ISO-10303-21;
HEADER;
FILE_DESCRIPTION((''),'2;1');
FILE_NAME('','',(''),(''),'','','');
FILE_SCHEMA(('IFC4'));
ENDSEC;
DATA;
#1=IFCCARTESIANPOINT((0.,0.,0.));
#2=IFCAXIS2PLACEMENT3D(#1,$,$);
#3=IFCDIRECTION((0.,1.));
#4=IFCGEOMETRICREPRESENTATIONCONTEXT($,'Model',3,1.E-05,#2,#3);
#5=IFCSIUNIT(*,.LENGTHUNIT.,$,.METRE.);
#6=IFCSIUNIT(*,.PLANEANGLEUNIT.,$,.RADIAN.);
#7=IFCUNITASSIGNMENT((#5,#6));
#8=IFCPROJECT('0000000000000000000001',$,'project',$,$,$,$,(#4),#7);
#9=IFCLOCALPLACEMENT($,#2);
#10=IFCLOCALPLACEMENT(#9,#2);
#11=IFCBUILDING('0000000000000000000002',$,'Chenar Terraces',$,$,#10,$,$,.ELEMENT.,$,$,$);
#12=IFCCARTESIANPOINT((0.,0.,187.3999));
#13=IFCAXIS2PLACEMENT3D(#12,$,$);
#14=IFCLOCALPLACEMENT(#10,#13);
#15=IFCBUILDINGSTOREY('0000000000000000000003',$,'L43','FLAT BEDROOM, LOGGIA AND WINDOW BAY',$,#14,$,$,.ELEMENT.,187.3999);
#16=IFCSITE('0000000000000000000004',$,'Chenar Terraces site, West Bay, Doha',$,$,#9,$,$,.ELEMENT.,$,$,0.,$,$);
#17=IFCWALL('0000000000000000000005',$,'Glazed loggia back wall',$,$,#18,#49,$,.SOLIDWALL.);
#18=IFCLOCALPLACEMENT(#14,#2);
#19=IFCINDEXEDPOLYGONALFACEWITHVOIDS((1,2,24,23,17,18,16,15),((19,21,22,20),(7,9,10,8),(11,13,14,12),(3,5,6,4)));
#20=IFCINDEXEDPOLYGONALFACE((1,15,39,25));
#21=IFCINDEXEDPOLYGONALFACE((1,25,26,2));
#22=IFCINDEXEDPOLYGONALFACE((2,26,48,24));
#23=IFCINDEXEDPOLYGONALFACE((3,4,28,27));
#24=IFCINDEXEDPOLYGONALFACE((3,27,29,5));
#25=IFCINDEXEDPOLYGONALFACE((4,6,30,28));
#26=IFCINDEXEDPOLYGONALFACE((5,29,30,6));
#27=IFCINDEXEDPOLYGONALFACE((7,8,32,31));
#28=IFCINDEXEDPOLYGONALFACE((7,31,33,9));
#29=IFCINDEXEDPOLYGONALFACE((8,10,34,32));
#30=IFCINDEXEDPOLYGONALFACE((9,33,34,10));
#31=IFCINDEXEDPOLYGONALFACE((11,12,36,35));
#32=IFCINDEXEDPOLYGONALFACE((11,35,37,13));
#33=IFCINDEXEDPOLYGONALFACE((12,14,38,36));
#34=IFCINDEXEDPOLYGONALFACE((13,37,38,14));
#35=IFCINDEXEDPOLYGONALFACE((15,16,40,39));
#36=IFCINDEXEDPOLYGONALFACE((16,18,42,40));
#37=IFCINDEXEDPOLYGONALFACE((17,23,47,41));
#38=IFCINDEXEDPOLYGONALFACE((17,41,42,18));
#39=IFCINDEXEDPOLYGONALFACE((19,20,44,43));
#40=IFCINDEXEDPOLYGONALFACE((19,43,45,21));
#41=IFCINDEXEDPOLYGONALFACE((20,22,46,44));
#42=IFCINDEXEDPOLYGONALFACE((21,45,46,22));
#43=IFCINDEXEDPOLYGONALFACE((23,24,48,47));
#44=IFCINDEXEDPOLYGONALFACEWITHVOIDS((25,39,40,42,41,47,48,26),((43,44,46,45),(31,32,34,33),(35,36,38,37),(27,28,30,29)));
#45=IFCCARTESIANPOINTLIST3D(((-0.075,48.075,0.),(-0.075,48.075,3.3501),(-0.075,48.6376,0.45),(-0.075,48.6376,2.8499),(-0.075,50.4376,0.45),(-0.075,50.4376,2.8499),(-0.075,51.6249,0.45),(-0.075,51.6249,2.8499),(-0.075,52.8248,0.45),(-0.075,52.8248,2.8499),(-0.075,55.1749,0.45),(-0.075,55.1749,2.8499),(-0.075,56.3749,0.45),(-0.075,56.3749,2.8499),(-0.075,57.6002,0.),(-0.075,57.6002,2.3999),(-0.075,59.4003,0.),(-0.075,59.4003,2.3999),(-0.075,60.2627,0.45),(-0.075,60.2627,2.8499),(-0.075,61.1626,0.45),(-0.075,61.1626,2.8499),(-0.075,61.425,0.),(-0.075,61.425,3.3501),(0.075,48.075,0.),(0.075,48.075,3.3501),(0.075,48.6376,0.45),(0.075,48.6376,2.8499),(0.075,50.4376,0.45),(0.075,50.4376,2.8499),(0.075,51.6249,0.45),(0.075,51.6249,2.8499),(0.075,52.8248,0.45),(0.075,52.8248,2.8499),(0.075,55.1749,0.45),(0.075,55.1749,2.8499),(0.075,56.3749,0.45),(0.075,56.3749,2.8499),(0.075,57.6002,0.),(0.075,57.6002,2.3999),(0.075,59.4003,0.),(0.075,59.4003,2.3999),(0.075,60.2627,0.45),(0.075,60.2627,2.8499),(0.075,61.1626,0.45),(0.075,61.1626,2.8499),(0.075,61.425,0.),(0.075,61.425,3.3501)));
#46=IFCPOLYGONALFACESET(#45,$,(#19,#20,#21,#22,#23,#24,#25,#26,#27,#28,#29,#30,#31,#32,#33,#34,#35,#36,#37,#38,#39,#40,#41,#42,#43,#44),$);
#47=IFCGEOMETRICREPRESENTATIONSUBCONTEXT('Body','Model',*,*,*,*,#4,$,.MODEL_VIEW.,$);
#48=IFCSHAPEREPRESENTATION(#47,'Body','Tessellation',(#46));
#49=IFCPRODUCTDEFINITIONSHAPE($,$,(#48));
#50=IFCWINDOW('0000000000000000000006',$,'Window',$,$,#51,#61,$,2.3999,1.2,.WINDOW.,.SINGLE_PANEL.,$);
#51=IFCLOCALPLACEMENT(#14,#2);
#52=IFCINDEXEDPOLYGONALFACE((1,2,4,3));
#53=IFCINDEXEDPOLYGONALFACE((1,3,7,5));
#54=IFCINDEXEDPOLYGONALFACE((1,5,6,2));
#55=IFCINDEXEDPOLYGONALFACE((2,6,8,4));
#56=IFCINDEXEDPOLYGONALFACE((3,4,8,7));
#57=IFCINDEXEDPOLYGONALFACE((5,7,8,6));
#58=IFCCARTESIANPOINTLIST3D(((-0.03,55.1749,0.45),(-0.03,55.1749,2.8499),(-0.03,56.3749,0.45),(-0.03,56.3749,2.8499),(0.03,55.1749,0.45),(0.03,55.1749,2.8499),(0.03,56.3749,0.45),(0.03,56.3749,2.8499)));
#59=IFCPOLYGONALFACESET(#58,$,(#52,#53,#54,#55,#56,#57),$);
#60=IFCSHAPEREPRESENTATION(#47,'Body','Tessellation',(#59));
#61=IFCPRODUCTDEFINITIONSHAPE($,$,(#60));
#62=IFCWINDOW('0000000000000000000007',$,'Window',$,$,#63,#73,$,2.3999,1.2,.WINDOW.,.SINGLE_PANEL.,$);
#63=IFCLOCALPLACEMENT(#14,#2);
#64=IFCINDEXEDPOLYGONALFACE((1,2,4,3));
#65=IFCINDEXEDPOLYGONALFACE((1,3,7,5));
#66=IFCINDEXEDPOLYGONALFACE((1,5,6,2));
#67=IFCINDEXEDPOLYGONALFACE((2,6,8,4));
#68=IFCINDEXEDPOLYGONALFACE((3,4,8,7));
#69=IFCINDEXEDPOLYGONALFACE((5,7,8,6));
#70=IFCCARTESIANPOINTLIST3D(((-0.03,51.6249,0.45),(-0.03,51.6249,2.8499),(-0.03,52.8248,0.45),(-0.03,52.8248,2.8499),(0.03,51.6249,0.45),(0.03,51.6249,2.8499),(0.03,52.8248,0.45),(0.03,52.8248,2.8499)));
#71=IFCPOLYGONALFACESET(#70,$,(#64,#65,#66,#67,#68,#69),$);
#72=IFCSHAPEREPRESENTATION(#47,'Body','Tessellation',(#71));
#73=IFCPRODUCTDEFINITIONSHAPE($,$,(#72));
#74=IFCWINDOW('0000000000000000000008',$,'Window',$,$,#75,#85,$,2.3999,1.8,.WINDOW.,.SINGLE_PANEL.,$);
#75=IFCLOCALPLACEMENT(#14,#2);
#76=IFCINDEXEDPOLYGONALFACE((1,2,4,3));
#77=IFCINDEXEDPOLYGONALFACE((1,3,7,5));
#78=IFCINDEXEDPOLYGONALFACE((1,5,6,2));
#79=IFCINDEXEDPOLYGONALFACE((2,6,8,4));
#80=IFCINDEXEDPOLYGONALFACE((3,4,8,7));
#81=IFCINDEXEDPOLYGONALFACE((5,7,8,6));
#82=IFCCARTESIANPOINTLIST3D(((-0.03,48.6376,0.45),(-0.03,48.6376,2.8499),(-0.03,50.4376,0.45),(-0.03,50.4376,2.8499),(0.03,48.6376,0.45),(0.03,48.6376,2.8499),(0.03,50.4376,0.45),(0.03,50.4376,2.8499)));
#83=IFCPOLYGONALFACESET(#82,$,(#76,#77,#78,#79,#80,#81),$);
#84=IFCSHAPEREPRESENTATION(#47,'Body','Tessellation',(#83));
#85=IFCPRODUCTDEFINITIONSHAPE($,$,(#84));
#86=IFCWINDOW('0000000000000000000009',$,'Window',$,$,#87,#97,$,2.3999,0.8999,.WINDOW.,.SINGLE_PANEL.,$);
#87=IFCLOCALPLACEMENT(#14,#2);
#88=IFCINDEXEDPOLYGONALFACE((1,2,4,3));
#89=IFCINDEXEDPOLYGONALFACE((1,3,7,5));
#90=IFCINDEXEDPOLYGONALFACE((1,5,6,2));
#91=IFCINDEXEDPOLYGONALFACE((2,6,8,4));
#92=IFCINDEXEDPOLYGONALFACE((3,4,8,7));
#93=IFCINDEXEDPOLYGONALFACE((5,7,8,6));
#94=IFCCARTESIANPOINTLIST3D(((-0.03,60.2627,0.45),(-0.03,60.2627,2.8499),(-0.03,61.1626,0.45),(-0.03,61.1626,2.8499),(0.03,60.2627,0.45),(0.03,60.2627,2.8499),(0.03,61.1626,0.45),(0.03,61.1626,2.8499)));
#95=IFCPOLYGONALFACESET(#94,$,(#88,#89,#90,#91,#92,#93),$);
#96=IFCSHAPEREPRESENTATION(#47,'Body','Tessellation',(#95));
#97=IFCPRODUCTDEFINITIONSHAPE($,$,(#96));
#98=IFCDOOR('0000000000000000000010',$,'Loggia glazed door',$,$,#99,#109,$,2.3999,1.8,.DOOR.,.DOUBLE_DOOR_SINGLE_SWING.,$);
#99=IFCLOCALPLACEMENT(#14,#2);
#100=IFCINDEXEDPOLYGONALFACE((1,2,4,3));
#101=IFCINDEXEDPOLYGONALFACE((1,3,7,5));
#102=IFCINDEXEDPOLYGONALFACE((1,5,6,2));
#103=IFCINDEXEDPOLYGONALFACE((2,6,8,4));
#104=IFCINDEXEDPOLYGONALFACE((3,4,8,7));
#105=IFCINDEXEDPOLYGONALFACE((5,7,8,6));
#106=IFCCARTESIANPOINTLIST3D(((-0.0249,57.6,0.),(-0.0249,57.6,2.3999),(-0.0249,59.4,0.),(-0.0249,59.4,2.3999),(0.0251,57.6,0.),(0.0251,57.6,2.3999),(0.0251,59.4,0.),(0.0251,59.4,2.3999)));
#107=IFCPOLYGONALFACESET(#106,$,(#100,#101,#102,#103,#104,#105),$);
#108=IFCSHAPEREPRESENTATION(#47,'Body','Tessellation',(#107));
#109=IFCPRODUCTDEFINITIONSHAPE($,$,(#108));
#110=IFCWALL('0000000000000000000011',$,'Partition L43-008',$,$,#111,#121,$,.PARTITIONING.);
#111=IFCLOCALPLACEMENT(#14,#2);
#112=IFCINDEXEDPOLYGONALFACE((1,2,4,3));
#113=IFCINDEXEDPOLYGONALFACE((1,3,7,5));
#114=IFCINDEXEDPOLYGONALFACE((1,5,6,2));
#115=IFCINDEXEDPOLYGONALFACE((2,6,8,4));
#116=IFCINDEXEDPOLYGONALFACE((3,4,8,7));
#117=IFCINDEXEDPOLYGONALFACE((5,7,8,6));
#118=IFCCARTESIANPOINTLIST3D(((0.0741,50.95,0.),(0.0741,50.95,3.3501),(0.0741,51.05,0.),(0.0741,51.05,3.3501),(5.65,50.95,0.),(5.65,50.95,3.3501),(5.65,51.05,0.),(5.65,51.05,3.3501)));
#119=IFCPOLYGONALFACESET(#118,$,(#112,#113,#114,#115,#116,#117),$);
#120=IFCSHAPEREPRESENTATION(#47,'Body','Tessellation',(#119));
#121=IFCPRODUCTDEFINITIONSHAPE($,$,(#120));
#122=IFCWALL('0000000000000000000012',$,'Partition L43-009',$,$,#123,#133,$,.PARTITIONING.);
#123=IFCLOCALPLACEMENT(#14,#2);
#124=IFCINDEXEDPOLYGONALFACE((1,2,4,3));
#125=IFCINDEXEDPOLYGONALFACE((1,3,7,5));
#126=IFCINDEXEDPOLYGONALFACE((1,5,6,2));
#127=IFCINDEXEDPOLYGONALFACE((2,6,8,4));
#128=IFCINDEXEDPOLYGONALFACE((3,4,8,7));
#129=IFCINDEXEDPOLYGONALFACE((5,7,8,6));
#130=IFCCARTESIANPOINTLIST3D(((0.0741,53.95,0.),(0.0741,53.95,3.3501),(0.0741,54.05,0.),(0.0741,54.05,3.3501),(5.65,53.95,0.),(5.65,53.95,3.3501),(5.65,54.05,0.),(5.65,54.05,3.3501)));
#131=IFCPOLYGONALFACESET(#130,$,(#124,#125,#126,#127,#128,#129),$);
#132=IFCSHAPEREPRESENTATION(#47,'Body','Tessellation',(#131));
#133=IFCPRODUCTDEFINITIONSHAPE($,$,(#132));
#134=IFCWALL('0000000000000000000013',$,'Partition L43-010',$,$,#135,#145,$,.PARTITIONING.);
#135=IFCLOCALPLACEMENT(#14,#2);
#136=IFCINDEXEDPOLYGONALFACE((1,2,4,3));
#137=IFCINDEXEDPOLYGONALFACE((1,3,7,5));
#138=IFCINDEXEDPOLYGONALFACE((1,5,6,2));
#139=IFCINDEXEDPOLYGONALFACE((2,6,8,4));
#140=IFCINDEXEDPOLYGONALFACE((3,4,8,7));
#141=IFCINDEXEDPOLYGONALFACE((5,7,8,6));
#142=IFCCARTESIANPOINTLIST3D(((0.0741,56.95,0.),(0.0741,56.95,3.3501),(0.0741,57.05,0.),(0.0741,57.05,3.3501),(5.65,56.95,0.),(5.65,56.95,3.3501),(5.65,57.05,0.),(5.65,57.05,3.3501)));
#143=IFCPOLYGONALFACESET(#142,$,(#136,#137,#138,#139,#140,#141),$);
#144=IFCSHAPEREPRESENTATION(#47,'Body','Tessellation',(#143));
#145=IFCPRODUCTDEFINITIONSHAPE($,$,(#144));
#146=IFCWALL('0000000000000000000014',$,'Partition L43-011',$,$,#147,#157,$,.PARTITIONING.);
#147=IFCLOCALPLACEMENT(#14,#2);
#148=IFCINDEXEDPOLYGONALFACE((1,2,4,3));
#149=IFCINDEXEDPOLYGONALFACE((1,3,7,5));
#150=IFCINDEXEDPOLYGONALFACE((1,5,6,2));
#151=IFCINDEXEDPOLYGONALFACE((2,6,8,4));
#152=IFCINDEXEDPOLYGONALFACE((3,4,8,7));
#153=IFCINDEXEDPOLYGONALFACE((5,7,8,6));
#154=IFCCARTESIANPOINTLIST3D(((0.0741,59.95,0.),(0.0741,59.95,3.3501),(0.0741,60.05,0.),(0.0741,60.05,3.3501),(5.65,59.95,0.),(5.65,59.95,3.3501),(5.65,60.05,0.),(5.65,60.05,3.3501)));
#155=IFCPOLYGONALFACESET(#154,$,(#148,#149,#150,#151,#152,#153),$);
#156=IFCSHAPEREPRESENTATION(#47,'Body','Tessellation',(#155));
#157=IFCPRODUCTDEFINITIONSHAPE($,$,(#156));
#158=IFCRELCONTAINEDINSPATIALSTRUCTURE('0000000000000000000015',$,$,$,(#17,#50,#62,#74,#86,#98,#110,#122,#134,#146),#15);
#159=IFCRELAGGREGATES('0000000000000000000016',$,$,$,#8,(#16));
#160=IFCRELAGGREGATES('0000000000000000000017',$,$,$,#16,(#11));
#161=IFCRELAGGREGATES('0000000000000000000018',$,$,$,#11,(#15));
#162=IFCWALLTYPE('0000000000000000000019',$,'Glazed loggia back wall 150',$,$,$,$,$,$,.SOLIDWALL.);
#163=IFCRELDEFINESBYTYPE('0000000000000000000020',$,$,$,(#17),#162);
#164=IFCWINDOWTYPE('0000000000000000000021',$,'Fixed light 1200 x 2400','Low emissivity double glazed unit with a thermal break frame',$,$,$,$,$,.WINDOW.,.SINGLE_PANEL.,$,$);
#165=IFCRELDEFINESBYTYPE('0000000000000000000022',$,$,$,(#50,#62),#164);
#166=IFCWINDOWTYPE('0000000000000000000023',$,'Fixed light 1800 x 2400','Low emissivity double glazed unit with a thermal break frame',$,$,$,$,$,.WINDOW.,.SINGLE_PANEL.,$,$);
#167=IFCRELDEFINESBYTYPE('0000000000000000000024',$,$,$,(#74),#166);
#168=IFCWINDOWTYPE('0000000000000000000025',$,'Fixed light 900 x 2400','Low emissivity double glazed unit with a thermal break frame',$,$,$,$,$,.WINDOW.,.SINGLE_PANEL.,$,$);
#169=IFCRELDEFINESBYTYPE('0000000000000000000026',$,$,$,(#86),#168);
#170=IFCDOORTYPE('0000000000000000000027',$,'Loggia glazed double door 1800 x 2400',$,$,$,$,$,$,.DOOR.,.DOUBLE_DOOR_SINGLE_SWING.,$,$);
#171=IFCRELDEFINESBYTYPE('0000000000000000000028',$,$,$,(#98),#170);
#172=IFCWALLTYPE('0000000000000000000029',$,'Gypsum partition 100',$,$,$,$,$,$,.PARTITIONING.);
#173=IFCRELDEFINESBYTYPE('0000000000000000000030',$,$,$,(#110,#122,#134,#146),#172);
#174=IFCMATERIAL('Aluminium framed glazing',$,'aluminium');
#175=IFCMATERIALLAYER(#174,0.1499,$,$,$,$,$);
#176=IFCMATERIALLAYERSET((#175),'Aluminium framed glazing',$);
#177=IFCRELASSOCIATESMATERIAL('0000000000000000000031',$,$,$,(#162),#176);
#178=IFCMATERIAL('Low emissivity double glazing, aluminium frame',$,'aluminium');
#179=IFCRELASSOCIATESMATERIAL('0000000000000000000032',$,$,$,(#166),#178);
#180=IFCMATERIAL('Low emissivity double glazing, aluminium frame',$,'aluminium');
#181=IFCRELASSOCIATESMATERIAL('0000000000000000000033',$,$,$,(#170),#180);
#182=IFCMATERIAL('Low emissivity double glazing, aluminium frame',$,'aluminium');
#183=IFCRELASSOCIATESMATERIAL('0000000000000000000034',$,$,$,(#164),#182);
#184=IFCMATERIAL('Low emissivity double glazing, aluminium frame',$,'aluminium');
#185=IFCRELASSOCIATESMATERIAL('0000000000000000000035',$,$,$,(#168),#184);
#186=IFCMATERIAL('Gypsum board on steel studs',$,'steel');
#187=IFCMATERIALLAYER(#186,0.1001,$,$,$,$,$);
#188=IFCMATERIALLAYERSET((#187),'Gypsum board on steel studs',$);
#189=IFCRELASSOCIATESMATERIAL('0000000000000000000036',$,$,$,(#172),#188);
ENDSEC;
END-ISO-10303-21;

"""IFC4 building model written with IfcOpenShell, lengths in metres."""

from ifc_helpers import new_model, si_unit, direction, frame, frame_2d, origin, place, context, subcontext, project, spatial, rectangle, extrude, material, layer, layer_set, type_object, element, fill, save


model = new_model("IFC4")

# Units and contexts
model_context = context("Model", 3, precision=1e-05, world=origin(), true_north=direction((0.0, 1.0)))
body_context = subcontext(model_context, "Body", "Model", "MODEL_VIEW")
ifc_project = project(units=[si_unit("LENGTHUNIT", "METRE"), si_unit("PLANEANGLEUNIT", "RADIAN")], contexts=[model_context])

# Site, building, storey
site_placement = place(None, origin())
site = spatial("IfcSite", under=ifc_project, at=site_placement, Name="Chenar Terraces site, West Bay, Doha", CompositionType="ELEMENT", RefElevation=0.0)
building_placement = place(site_placement, origin())
building = spatial("IfcBuilding", under=site, at=building_placement, Name="Chenar Terraces", CompositionType="ELEMENT")
storey_placement = place(building_placement, frame((0.0, 0.0, 187.3999)))
storey = spatial("IfcBuildingStorey", under=building, at=storey_placement, Name="L43", Description="FLAT BEDROOM, LOGGIA AND WINDOW BAY", CompositionType="ELEMENT", Elevation=187.3999)

# Shared definitions
ifc_material_1 = material(Name="Aluminium framed glazing", Category="aluminium")
ifc_layer_1 = layer(ifc_material_1, 0.1499)
ifc_layer_set_1 = layer_set([ifc_layer_1], Name="Aluminium framed glazing")
wall_type_1 = type_object("IfcWallType", Name="Glazed loggia back wall 150", PredefinedType="SOLIDWALL", material=ifc_layer_set_1)
ifc_material_2 = material(Name="Low emissivity double glazing, aluminium frame", Category="aluminium")
window_type_1 = type_object("IfcWindowType", Name="Fixed light 1800 x 2400", Description="Low emissivity double glazed unit with a thermal break frame", PartitioningType="SINGLE_PANEL", PredefinedType="WINDOW", material=ifc_material_2)
ifc_material_3 = material(Name="Low emissivity double glazing, aluminium frame", Category="aluminium")
door_type_1 = type_object("IfcDoorType", Name="Loggia glazed double door 1800 x 2400", OperationType="DOUBLE_DOOR_SINGLE_SWING", PredefinedType="DOOR", material=ifc_material_3)

# Wall, openings, windows, door
wall_1_placement = place(storey_placement, frame((0.0, 61.425, 0.0), z_axis=(0.0, 0.0, 1.0), x_axis=(0.0, -1.0, 0.0)))
wall_1 = element("IfcWall", 1, at=wall_1_placement, inside=storey, type_object=wall_type_1, Name="Glazed loggia back wall", PredefinedType="SOLIDWALL", context=body_context, shape_type="SweptSolid", body=[
    extrude(rectangle(XDim=13.3501, YDim=0.1499, at=frame_2d((6.675, 0.0))), origin(), (0.0, 0.0, 1.0), 3.3501),
])
opening_1_placement = place(wall_1_placement, frame((0.2625, 0.0, 0.45)))
opening_1 = element("IfcOpeningElement", 2, at=opening_1_placement, cuts=wall_1, PredefinedType="OPENING", context=body_context, shape_type="SweptSolid", body=[
    extrude(rectangle(XDim=0.8999, YDim=2.3999, at=frame_2d((0.45, 1.2))), frame((0.0, 0.085, 0.0), z_axis=(0.0, -1.0, 0.0), x_axis=(1.0, 0.0, 0.0)), (0.0, 0.0, 1.0), 0.1699),
])
opening_2_placement = place(wall_1_placement, frame((2.0249, 0.0, 0.0)))
opening_2 = element("IfcOpeningElement", 3, at=opening_2_placement, cuts=wall_1, PredefinedType="OPENING", context=body_context, shape_type="SweptSolid", body=[
    extrude(rectangle(XDim=1.8, YDim=2.3999, at=frame_2d((0.8999, 1.2))), frame((0.0, 0.085, 0.0), z_axis=(0.0, -1.0, 0.0), x_axis=(1.0, 0.0, 0.0)), (0.0, 0.0, 1.0), 0.1699),
])
opening_3_placement = place(wall_1_placement, frame((5.05, 0.0, 0.45)))
opening_3 = element("IfcOpeningElement", 4, at=opening_3_placement, cuts=wall_1, PredefinedType="OPENING", context=body_context, shape_type="SweptSolid", body=[
    extrude(rectangle(XDim=1.2, YDim=2.3999, at=frame_2d((0.6001, 1.2))), frame((0.0, 0.085, 0.0), z_axis=(0.0, -1.0, 0.0), x_axis=(1.0, 0.0, 0.0)), (0.0, 0.0, 1.0), 0.1699),
])
opening_4_placement = place(wall_1_placement, frame((8.6001, 0.0, 0.45)))
opening_4 = element("IfcOpeningElement", 5, at=opening_4_placement, cuts=wall_1, PredefinedType="OPENING", context=body_context, shape_type="SweptSolid", body=[
    extrude(rectangle(XDim=1.2, YDim=2.3999, at=frame_2d((0.6001, 1.2))), frame((0.0, 0.085, 0.0), z_axis=(0.0, -1.0, 0.0), x_axis=(1.0, 0.0, 0.0)), (0.0, 0.0, 1.0), 0.1699),
])
opening_5_placement = place(wall_1_placement, frame((10.9875, 0.0, 0.45)))
opening_5 = element("IfcOpeningElement", 6, at=opening_5_placement, cuts=wall_1, PredefinedType="OPENING", context=body_context, shape_type="SweptSolid", body=[
    extrude(rectangle(XDim=1.8, YDim=2.3999, at=frame_2d((0.8999, 1.2))), frame((0.0, 0.085, 0.0), z_axis=(0.0, -1.0, 0.0), x_axis=(1.0, 0.0, 0.0)), (0.0, 0.0, 1.0), 0.1699),
])
ifc_material_4 = material(Name="Low emissivity double glazing, aluminium frame", Category="aluminium")
window_type_2 = type_object("IfcWindowType", Name="Fixed light 1200 x 2400", Description="Low emissivity double glazed unit with a thermal break frame", PartitioningType="SINGLE_PANEL", PredefinedType="WINDOW", material=ifc_material_4)
window_1_placement = place(opening_3_placement, origin())
window_1 = element("IfcWindow", 7, at=window_1_placement, inside=storey, type_object=window_type_2, Name="Window", OverallHeight=2.3999, OverallWidth=1.2, PartitioningType="SINGLE_PANEL", PredefinedType="WINDOW", context=body_context, shape_type="SweptSolid", body=[
    extrude(rectangle(XDim=1.2, YDim=2.3999, at=frame_2d((0.6001, 1.2))), frame((0.0, 0.03, 0.0), z_axis=(0.0, -1.0, 0.0), x_axis=(1.0, 0.0, 0.0)), (0.0, 0.0, 1.0), 0.0601),
])
fill(opening_3, window_1)
window_2_placement = place(opening_4_placement, origin())
window_2 = element("IfcWindow", 8, at=window_2_placement, inside=storey, type_object=window_type_2, Name="Window", OverallHeight=2.3999, OverallWidth=1.2, PartitioningType="SINGLE_PANEL", PredefinedType="WINDOW", context=body_context, shape_type="SweptSolid", body=[
    extrude(rectangle(XDim=1.2, YDim=2.3999, at=frame_2d((0.6001, 1.2))), frame((0.0, 0.03, 0.0), z_axis=(0.0, -1.0, 0.0), x_axis=(1.0, 0.0, 0.0)), (0.0, 0.0, 1.0), 0.0601),
])
fill(opening_4, window_2)
window_3_placement = place(opening_5_placement, origin())
window_3 = element("IfcWindow", 9, at=window_3_placement, inside=storey, type_object=window_type_1, Name="Window", OverallHeight=2.3999, OverallWidth=1.8, PartitioningType="SINGLE_PANEL", PredefinedType="WINDOW", context=body_context, shape_type="SweptSolid", body=[
    extrude(rectangle(XDim=1.8, YDim=2.3999, at=frame_2d((0.8999, 1.2))), frame((0.0, 0.03, 0.0), z_axis=(0.0, -1.0, 0.0), x_axis=(1.0, 0.0, 0.0)), (0.0, 0.0, 1.0), 0.0601),
])
fill(opening_5, window_3)
ifc_material_5 = material(Name="Low emissivity double glazing, aluminium frame", Category="aluminium")
window_type_3 = type_object("IfcWindowType", Name="Fixed light 900 x 2400", Description="Low emissivity double glazed unit with a thermal break frame", PartitioningType="SINGLE_PANEL", PredefinedType="WINDOW", material=ifc_material_5)
window_4_placement = place(opening_1_placement, origin())
window_4 = element("IfcWindow", 10, at=window_4_placement, inside=storey, type_object=window_type_3, Name="Window", OverallHeight=2.3999, OverallWidth=0.8999, PartitioningType="SINGLE_PANEL", PredefinedType="WINDOW", context=body_context, shape_type="SweptSolid", body=[
    extrude(rectangle(XDim=0.8999, YDim=2.3999, at=frame_2d((0.45, 1.2))), frame((0.0, 0.03, 0.0), z_axis=(0.0, -1.0, 0.0), x_axis=(1.0, 0.0, 0.0)), (0.0, 0.0, 1.0), 0.0601),
])
fill(opening_1, window_4)
door_1_placement = place(opening_2_placement, frame((1.8, 0.0, 0.0), z_axis=(0.0, 0.0, 1.0), x_axis=(-1.0, 0.0, 0.0)))
door_1 = element("IfcDoor", 11, at=door_1_placement, inside=storey, type_object=door_type_1, Name="Loggia glazed door", OperationType="DOUBLE_DOOR_SINGLE_SWING", OverallHeight=2.3999, OverallWidth=1.8, PredefinedType="DOOR", context=body_context, shape_type="SweptSolid", body=[
    extrude(rectangle(XDim=1.8, YDim=2.3999, at=frame_2d((0.8999, 1.2))), frame((0.0, 0.0249, 0.0), z_axis=(0.0, -1.0, 0.0), x_axis=(1.0, 0.0, 0.0)), (0.0, 0.0, 1.0), 0.05),
])
fill(opening_2, door_1)

# Walls
ifc_material_6 = material(Name="Gypsum board on steel studs", Category="steel")
ifc_layer_2 = layer(ifc_material_6, 0.1001)
ifc_layer_set_2 = layer_set([ifc_layer_2], Name="Gypsum board on steel studs")
wall_type_2 = type_object("IfcWallType", Name="Gypsum partition 100", PredefinedType="PARTITIONING", material=ifc_layer_set_2)
for number, where, z_axis, x_axis, name in (
    (12, (0.074, 51.0, 0.0), (0.0, 0.0, 1.0), (1.0, 0.0, 0.0), "Partition L43-008"),
    (13, (0.074, 54.0, 0.0), (0.0, 0.0, 1.0), (1.0, 0.0, 0.0), "Partition L43-009"),
    (14, (0.074, 57.0, 0.0), (0.0, 0.0, 1.0), (1.0, 0.0, 0.0), "Partition L43-010"),
    (15, (0.074, 60.0, 0.0), (0.0, 0.0, 1.0), (1.0, 0.0, 0.0), "Partition L43-011"),
):
    element("IfcWall", number, at=place(storey_placement, frame(where, z_axis=z_axis, x_axis=x_axis)), inside=storey, type_object=wall_type_2, Name=name, PredefinedType="PARTITIONING", context=body_context, shape_type="SweptSolid", body=[
        extrude(rectangle(XDim=5.5759, YDim=0.1001, at=frame_2d((2.7881, 0.0))), origin(), (0.0, 0.0, 1.0), 3.3501),
    ])

save(model, "model.ifc")
